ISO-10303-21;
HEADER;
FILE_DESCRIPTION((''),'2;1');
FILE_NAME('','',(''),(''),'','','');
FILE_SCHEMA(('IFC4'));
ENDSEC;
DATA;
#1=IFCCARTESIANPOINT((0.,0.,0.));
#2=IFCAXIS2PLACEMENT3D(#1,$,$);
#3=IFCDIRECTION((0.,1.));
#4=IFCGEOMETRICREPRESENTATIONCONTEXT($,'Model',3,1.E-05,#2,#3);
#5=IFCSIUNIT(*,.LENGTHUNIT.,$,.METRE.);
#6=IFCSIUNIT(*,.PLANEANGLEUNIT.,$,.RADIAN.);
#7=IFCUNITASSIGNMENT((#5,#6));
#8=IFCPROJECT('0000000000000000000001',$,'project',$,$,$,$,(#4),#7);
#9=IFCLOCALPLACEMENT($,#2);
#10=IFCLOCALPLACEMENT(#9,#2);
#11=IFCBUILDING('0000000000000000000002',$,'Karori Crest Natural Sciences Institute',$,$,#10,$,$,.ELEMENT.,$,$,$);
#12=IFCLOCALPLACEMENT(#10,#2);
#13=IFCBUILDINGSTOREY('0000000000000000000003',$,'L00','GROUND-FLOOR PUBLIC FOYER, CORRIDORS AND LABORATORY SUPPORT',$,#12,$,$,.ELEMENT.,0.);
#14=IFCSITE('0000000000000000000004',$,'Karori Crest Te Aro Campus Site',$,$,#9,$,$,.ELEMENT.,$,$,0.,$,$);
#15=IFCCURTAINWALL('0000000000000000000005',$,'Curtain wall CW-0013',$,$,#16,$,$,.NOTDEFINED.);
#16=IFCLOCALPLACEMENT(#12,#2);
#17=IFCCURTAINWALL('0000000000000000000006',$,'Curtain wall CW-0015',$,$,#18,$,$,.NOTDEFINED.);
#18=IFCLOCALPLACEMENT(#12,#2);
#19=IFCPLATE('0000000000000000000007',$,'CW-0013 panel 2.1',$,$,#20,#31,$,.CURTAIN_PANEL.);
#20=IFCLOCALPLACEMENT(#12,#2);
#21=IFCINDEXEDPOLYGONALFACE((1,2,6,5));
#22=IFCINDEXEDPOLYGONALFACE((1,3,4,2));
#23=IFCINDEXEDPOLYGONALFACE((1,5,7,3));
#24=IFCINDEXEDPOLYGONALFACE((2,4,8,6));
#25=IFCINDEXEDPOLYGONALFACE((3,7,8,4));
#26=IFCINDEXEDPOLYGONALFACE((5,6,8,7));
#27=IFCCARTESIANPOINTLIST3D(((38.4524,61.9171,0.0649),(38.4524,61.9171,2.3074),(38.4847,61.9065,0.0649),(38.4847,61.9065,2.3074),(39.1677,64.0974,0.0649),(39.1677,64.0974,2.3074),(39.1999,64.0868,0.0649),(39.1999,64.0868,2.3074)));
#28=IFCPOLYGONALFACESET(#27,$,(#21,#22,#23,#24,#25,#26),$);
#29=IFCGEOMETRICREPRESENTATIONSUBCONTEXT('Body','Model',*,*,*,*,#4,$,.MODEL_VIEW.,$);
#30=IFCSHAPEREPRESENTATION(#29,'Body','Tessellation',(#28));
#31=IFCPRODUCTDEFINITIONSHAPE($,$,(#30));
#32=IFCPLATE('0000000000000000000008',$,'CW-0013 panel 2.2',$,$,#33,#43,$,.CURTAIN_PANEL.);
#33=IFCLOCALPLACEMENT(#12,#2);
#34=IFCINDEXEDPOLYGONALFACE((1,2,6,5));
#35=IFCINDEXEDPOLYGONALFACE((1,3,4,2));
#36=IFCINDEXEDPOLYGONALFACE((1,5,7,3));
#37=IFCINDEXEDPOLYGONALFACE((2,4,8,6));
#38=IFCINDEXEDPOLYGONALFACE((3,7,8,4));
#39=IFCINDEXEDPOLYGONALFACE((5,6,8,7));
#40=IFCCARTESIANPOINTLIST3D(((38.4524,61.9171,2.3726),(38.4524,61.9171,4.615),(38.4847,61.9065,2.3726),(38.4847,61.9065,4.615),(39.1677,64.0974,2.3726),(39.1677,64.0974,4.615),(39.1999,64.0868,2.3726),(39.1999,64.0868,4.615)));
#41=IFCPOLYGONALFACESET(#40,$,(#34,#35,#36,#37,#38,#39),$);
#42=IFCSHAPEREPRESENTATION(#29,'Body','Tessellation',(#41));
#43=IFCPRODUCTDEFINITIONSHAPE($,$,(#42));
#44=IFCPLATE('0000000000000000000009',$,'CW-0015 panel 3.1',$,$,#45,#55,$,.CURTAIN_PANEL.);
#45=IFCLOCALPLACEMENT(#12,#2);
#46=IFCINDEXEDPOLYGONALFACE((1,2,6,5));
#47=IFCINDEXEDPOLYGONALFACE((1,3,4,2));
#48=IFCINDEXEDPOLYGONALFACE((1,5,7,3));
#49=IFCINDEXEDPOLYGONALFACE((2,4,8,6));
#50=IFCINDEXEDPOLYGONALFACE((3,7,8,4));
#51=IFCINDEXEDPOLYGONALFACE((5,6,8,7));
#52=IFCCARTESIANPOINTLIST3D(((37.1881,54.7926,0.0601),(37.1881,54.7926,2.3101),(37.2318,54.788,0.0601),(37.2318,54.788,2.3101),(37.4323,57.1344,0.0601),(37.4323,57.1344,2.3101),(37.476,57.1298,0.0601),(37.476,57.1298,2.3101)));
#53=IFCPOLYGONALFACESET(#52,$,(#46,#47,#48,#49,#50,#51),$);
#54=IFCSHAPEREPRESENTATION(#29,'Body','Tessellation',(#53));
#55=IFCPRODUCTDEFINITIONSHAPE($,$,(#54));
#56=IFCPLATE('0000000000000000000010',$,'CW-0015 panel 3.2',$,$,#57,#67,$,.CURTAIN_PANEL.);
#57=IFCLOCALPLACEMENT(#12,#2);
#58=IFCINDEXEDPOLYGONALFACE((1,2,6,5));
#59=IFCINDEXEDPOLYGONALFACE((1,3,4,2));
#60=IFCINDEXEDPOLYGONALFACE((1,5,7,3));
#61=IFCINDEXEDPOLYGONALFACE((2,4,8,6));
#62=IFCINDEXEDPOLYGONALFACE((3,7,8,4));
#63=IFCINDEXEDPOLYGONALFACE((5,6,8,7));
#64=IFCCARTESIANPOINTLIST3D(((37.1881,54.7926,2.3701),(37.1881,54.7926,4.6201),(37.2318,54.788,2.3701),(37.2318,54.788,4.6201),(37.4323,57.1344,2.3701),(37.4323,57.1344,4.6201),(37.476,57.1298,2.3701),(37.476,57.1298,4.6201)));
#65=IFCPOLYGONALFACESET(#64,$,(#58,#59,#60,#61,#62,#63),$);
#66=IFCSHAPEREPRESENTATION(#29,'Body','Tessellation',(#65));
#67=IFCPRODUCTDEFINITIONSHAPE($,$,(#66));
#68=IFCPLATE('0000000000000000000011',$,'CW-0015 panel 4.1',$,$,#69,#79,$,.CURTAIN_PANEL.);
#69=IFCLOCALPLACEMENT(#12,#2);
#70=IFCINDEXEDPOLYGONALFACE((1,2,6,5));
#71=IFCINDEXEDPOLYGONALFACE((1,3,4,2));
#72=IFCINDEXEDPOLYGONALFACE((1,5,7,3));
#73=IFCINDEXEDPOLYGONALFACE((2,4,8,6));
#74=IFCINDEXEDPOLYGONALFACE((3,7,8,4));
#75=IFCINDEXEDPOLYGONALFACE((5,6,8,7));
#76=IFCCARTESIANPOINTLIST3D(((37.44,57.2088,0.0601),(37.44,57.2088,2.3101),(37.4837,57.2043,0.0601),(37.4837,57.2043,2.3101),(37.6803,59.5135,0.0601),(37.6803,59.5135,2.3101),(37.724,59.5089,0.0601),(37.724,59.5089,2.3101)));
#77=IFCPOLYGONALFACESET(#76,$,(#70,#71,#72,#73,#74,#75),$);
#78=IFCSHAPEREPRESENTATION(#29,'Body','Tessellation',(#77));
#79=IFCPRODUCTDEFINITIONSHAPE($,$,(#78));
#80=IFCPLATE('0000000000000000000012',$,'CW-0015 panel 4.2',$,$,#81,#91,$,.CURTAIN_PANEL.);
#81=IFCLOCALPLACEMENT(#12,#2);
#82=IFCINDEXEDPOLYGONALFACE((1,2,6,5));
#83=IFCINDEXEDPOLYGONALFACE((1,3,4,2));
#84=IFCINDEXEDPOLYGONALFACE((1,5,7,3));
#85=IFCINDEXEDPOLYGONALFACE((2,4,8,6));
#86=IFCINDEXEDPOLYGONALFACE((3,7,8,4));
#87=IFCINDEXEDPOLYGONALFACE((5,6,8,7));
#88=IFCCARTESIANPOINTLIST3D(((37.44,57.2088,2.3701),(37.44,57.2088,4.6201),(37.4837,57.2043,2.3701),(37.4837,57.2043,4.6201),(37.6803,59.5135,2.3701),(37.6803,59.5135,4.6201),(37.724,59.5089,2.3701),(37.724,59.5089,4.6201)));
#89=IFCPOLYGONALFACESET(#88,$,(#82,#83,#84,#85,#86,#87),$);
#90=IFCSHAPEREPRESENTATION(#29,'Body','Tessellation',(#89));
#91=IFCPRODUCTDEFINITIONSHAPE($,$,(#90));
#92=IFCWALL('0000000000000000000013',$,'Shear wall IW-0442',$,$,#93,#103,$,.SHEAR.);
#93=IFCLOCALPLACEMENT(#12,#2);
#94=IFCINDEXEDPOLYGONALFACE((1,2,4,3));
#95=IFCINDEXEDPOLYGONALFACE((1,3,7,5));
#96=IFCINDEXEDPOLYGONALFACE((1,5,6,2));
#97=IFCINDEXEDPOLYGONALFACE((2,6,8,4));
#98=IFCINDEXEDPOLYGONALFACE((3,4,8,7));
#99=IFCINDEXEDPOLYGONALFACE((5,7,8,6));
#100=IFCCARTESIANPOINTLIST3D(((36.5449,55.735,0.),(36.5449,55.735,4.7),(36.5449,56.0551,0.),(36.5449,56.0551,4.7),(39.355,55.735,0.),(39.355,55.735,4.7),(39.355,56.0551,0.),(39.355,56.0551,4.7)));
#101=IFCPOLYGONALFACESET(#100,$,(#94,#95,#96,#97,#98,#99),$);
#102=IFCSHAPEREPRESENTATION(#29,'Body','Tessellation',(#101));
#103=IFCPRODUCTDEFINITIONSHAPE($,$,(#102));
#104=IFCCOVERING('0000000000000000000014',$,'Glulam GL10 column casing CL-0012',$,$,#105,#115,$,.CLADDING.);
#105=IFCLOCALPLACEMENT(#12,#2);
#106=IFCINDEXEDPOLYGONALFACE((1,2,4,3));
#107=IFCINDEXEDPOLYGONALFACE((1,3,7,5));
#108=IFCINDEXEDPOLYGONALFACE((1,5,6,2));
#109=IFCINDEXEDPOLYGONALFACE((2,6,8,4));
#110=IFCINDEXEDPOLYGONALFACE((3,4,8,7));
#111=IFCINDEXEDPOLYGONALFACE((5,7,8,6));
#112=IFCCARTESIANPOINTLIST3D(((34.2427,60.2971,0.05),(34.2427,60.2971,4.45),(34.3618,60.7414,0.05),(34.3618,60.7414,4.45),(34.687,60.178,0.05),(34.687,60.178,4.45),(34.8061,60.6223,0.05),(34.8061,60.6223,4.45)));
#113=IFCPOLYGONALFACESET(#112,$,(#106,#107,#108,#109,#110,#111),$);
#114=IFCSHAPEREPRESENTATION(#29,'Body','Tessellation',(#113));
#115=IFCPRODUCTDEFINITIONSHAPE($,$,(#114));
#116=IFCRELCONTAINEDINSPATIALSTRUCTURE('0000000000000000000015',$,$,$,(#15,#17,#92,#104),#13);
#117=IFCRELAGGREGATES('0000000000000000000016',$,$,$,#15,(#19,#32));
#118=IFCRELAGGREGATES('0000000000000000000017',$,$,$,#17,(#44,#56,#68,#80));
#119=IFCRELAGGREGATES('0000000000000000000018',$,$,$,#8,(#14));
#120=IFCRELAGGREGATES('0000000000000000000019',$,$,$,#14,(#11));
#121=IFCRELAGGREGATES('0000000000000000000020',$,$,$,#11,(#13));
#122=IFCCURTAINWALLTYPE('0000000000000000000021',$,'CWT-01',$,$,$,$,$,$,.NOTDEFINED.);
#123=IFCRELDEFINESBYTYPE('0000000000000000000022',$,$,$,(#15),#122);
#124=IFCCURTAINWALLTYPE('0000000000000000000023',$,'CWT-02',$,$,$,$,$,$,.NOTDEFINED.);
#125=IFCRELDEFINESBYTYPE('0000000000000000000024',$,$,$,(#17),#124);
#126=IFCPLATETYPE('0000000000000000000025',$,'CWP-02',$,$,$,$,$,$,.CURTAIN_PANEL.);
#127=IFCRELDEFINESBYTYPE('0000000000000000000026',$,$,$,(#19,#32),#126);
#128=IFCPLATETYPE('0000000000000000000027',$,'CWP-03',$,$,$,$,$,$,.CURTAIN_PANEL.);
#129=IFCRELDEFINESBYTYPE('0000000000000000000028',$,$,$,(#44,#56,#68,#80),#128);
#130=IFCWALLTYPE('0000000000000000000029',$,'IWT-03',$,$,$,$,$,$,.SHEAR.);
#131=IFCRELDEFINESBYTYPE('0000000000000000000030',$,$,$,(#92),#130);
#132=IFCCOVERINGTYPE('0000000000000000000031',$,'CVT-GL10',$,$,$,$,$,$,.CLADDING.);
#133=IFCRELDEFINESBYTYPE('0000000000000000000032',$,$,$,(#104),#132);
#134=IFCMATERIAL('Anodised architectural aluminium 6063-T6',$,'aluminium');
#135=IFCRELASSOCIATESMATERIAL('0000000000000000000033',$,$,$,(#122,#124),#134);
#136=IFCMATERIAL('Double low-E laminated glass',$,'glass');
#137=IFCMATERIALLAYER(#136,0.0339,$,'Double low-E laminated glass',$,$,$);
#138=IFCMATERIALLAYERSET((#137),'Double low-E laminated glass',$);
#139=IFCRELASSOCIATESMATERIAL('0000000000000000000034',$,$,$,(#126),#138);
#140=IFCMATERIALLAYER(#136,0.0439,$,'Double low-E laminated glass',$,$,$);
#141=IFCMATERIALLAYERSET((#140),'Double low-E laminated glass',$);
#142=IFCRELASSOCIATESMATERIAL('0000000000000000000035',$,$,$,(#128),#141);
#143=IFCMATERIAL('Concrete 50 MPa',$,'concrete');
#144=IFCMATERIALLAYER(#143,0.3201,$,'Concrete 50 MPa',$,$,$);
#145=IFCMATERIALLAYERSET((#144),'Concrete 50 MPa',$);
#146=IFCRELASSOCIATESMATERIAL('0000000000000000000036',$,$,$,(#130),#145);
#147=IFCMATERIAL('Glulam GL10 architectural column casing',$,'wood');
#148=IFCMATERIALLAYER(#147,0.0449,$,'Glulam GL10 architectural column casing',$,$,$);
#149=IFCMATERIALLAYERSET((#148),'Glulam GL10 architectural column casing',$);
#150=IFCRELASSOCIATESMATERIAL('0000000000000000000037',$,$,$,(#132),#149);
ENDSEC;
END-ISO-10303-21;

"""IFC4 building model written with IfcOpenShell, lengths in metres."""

from ifc_helpers import new_model, si_unit, direction, frame, frame_2d, origin, origin_2d, place, context, subcontext, project, spatial, rectangle, extrude, material, layer, layer_set, type_object, element, aggregate, save


model = new_model("IFC4")

# Units and contexts
model_context = context("Model", 3, precision=1e-05, world=origin(), true_north=direction((0.0, 1.0)))
body_context = subcontext(model_context, "Body", "Model", "MODEL_VIEW")
ifc_project = project(units=[si_unit("LENGTHUNIT", "METRE"), si_unit("PLANEANGLEUNIT", "RADIAN")], contexts=[model_context])

# Site, building, storey
site_placement = place(None, origin())
site = spatial("IfcSite", under=ifc_project, at=site_placement, Name="Karori Crest Te Aro Campus Site", CompositionType="ELEMENT", RefElevation=0.0)
building_placement = place(site_placement, origin())
building = spatial("IfcBuilding", under=site, at=building_placement, Name="Karori Crest Natural Sciences Institute", CompositionType="ELEMENT")
storey_placement = place(building_placement, origin())
storey = spatial("IfcBuildingStorey", under=building, at=storey_placement, Name="L00", Description="GROUND-FLOOR PUBLIC FOYER, CORRIDORS AND LABORATORY SUPPORT", CompositionType="ELEMENT", Elevation=0.0)

# Curtain walls
ifc_material_1 = material(Name="Anodised architectural aluminium 6063-T6", Category="aluminium")
curtain_wall_type_1 = type_object("IfcCurtainWallType", Name="CWT-01", PredefinedType="NOTDEFINED", material=ifc_material_1)
curtain_wall_1_placement = place(storey_placement, origin())
curtain_wall_1 = element("IfcCurtainWall", 1, at=curtain_wall_1_placement, inside=storey, type_object=curtain_wall_type_1, Name="Curtain wall CW-0013", PredefinedType="NOTDEFINED")
curtain_wall_type_2 = type_object("IfcCurtainWallType", Name="CWT-02", PredefinedType="NOTDEFINED", material=ifc_material_1)
curtain_wall_2_placement = place(storey_placement, origin())
curtain_wall_2 = element("IfcCurtainWall", 2, at=curtain_wall_2_placement, inside=storey, type_object=curtain_wall_type_2, Name="Curtain wall CW-0015", PredefinedType="NOTDEFINED")

# Plates
ifc_material_2 = material(Name="Double low-E laminated glass", Category="glass")
ifc_layer_1 = layer(ifc_material_2, 0.0339, Name="Double low-E laminated glass")
ifc_layer_set_1 = layer_set([ifc_layer_1], Name="Double low-E laminated glass")
plate_type_1 = type_object("IfcPlateType", Name="CWP-02", PredefinedType="CURTAIN_PANEL", material=ifc_layer_set_1)
plate_1_placement = place(storey_placement, frame((38.8262, 63.002, 0.0649), z_axis=(0.0, 0.0, 1.0), x_axis=(0.311714, 0.950176, 0.0)))
plate_1 = element("IfcPlate", 3, at=plate_1_placement, type_object=plate_type_1, Name="CW-0013 panel 2.1", PredefinedType="CURTAIN_PANEL", context=body_context, shape_type="SweptSolid", body=[
    extrude(rectangle(XDim=2.2947, YDim=0.0339, at=origin_2d()), origin(), (0.0, 0.0, 1.0), 2.2424),
])
plate_2_placement = place(storey_placement, frame((38.8262, 63.002, 2.3726), z_axis=(0.0, 0.0, 1.0), x_axis=(0.311714, 0.950176, 0.0)))
plate_2 = element("IfcPlate", 4, at=plate_2_placement, type_object=plate_type_1, Name="CW-0013 panel 2.2", PredefinedType="CURTAIN_PANEL", context=body_context, shape_type="SweptSolid", body=[
    extrude(rectangle(XDim=2.2947, YDim=0.0339, at=origin_2d()), origin(), (0.0, 0.0, 1.0), 2.2424),
])
aggregate(curtain_wall_1, [plate_1, plate_2])
ifc_layer_2 = layer(ifc_material_2, 0.0439, Name="Double low-E laminated glass")
ifc_layer_set_2 = layer_set([ifc_layer_2], Name="Double low-E laminated glass")
plate_type_2 = type_object("IfcPlateType", Name="CWP-03", PredefinedType="CURTAIN_PANEL", material=ifc_layer_set_2)
plate_3_placement = place(storey_placement, frame((37.332, 55.9612, 0.0601), z_axis=(0.0, 0.0, 1.0), x_axis=(0.103701, 0.994608, 0.0)))
plate_3 = element("IfcPlate", 5, at=plate_3_placement, type_object=plate_type_2, Name="CW-0015 panel 3.1", PredefinedType="CURTAIN_PANEL", context=body_context, shape_type="SweptSolid", body=[
    extrude(rectangle(XDim=2.3545, YDim=0.0439, at=origin_2d()), origin(), (0.0, 0.0, 1.0), 2.25),
])
plate_4_placement = place(storey_placement, frame((37.332, 55.9612, 2.3701), z_axis=(0.0, 0.0, 1.0), x_axis=(0.103701, 0.994608, 0.0)))
plate_4 = element("IfcPlate", 6, at=plate_4_placement, type_object=plate_type_2, Name="CW-0015 panel 3.2", PredefinedType="CURTAIN_PANEL", context=body_context, shape_type="SweptSolid", body=[
    extrude(rectangle(XDim=2.3545, YDim=0.0439, at=origin_2d()), origin(), (0.0, 0.0, 1.0), 2.25),
])
plate_5_placement = place(storey_placement, frame((37.582, 58.3589, 0.0601), z_axis=(0.0, 0.0, 1.0), x_axis=(0.103701, 0.994608, 0.0)))
plate_5 = element("IfcPlate", 7, at=plate_5_placement, type_object=plate_type_2, Name="CW-0015 panel 4.1", PredefinedType="CURTAIN_PANEL", context=body_context, shape_type="SweptSolid", body=[
    extrude(rectangle(XDim=2.3171, YDim=0.0439, at=origin_2d()), origin(), (0.0, 0.0, 1.0), 2.25),
])
plate_6_placement = place(storey_placement, frame((37.582, 58.3589, 2.3701), z_axis=(0.0, 0.0, 1.0), x_axis=(0.103701, 0.994608, 0.0)))
plate_6 = element("IfcPlate", 8, at=plate_6_placement, type_object=plate_type_2, Name="CW-0015 panel 4.2", PredefinedType="CURTAIN_PANEL", context=body_context, shape_type="SweptSolid", body=[
    extrude(rectangle(XDim=2.3171, YDim=0.0439, at=origin_2d()), origin(), (0.0, 0.0, 1.0), 2.25),
])
aggregate(curtain_wall_2, [plate_3, plate_4, plate_5, plate_6])

# Wall
ifc_material_3 = material(Name="Concrete 50 MPa", Category="concrete")
ifc_layer_3 = layer(ifc_material_3, 0.3201, Name="Concrete 50 MPa")
ifc_layer_set_3 = layer_set([ifc_layer_3], Name="Concrete 50 MPa")
wall_type = type_object("IfcWallType", Name="IWT-03", PredefinedType="SHEAR", material=ifc_layer_set_3)
wall_placement = place(storey_placement, frame((36.5449, 55.895, 0.0), z_axis=(0.0, 0.0, 1.0), x_axis=(1.0, 0.0, 0.0)))
element("IfcWall", 9, at=wall_placement, inside=storey, type_object=wall_type, Name="Shear wall IW-0442", PredefinedType="SHEAR", context=body_context, shape_type="SweptSolid", body=[
    extrude(rectangle(XDim=2.8101, YDim=0.3201, at=frame_2d((1.405, 0.0))), origin(), (0.0, 0.0, 1.0), 4.7),
])

# Covering
ifc_material_4 = material(Name="Glulam GL10 architectural column casing", Category="wood")
ifc_layer_4 = layer(ifc_material_4, 0.0449, Name="Glulam GL10 architectural column casing")
ifc_layer_set_4 = layer_set([ifc_layer_4], Name="Glulam GL10 architectural column casing")
covering_type = type_object("IfcCoveringType", Name="CVT-GL10", PredefinedType="CLADDING", material=ifc_layer_set_4)
covering_placement = place(storey_placement, frame((34.5244, 60.4597, 0.05), z_axis=(0.0, 0.0, 1.0), x_axis=(-0.965926, 0.258819, 0.0)))
element("IfcCovering", 10, at=covering_placement, inside=storey, type_object=covering_type, Name="Glulam GL10 column casing CL-0012", PredefinedType="CLADDING", context=body_context, shape_type="SweptSolid", body=[
    extrude(rectangle(XDim=0.46, YDim=0.46, at=origin_2d()), origin(), (0.0, 0.0, 1.0), 4.3999),
])

save(model, "model.ifc")
